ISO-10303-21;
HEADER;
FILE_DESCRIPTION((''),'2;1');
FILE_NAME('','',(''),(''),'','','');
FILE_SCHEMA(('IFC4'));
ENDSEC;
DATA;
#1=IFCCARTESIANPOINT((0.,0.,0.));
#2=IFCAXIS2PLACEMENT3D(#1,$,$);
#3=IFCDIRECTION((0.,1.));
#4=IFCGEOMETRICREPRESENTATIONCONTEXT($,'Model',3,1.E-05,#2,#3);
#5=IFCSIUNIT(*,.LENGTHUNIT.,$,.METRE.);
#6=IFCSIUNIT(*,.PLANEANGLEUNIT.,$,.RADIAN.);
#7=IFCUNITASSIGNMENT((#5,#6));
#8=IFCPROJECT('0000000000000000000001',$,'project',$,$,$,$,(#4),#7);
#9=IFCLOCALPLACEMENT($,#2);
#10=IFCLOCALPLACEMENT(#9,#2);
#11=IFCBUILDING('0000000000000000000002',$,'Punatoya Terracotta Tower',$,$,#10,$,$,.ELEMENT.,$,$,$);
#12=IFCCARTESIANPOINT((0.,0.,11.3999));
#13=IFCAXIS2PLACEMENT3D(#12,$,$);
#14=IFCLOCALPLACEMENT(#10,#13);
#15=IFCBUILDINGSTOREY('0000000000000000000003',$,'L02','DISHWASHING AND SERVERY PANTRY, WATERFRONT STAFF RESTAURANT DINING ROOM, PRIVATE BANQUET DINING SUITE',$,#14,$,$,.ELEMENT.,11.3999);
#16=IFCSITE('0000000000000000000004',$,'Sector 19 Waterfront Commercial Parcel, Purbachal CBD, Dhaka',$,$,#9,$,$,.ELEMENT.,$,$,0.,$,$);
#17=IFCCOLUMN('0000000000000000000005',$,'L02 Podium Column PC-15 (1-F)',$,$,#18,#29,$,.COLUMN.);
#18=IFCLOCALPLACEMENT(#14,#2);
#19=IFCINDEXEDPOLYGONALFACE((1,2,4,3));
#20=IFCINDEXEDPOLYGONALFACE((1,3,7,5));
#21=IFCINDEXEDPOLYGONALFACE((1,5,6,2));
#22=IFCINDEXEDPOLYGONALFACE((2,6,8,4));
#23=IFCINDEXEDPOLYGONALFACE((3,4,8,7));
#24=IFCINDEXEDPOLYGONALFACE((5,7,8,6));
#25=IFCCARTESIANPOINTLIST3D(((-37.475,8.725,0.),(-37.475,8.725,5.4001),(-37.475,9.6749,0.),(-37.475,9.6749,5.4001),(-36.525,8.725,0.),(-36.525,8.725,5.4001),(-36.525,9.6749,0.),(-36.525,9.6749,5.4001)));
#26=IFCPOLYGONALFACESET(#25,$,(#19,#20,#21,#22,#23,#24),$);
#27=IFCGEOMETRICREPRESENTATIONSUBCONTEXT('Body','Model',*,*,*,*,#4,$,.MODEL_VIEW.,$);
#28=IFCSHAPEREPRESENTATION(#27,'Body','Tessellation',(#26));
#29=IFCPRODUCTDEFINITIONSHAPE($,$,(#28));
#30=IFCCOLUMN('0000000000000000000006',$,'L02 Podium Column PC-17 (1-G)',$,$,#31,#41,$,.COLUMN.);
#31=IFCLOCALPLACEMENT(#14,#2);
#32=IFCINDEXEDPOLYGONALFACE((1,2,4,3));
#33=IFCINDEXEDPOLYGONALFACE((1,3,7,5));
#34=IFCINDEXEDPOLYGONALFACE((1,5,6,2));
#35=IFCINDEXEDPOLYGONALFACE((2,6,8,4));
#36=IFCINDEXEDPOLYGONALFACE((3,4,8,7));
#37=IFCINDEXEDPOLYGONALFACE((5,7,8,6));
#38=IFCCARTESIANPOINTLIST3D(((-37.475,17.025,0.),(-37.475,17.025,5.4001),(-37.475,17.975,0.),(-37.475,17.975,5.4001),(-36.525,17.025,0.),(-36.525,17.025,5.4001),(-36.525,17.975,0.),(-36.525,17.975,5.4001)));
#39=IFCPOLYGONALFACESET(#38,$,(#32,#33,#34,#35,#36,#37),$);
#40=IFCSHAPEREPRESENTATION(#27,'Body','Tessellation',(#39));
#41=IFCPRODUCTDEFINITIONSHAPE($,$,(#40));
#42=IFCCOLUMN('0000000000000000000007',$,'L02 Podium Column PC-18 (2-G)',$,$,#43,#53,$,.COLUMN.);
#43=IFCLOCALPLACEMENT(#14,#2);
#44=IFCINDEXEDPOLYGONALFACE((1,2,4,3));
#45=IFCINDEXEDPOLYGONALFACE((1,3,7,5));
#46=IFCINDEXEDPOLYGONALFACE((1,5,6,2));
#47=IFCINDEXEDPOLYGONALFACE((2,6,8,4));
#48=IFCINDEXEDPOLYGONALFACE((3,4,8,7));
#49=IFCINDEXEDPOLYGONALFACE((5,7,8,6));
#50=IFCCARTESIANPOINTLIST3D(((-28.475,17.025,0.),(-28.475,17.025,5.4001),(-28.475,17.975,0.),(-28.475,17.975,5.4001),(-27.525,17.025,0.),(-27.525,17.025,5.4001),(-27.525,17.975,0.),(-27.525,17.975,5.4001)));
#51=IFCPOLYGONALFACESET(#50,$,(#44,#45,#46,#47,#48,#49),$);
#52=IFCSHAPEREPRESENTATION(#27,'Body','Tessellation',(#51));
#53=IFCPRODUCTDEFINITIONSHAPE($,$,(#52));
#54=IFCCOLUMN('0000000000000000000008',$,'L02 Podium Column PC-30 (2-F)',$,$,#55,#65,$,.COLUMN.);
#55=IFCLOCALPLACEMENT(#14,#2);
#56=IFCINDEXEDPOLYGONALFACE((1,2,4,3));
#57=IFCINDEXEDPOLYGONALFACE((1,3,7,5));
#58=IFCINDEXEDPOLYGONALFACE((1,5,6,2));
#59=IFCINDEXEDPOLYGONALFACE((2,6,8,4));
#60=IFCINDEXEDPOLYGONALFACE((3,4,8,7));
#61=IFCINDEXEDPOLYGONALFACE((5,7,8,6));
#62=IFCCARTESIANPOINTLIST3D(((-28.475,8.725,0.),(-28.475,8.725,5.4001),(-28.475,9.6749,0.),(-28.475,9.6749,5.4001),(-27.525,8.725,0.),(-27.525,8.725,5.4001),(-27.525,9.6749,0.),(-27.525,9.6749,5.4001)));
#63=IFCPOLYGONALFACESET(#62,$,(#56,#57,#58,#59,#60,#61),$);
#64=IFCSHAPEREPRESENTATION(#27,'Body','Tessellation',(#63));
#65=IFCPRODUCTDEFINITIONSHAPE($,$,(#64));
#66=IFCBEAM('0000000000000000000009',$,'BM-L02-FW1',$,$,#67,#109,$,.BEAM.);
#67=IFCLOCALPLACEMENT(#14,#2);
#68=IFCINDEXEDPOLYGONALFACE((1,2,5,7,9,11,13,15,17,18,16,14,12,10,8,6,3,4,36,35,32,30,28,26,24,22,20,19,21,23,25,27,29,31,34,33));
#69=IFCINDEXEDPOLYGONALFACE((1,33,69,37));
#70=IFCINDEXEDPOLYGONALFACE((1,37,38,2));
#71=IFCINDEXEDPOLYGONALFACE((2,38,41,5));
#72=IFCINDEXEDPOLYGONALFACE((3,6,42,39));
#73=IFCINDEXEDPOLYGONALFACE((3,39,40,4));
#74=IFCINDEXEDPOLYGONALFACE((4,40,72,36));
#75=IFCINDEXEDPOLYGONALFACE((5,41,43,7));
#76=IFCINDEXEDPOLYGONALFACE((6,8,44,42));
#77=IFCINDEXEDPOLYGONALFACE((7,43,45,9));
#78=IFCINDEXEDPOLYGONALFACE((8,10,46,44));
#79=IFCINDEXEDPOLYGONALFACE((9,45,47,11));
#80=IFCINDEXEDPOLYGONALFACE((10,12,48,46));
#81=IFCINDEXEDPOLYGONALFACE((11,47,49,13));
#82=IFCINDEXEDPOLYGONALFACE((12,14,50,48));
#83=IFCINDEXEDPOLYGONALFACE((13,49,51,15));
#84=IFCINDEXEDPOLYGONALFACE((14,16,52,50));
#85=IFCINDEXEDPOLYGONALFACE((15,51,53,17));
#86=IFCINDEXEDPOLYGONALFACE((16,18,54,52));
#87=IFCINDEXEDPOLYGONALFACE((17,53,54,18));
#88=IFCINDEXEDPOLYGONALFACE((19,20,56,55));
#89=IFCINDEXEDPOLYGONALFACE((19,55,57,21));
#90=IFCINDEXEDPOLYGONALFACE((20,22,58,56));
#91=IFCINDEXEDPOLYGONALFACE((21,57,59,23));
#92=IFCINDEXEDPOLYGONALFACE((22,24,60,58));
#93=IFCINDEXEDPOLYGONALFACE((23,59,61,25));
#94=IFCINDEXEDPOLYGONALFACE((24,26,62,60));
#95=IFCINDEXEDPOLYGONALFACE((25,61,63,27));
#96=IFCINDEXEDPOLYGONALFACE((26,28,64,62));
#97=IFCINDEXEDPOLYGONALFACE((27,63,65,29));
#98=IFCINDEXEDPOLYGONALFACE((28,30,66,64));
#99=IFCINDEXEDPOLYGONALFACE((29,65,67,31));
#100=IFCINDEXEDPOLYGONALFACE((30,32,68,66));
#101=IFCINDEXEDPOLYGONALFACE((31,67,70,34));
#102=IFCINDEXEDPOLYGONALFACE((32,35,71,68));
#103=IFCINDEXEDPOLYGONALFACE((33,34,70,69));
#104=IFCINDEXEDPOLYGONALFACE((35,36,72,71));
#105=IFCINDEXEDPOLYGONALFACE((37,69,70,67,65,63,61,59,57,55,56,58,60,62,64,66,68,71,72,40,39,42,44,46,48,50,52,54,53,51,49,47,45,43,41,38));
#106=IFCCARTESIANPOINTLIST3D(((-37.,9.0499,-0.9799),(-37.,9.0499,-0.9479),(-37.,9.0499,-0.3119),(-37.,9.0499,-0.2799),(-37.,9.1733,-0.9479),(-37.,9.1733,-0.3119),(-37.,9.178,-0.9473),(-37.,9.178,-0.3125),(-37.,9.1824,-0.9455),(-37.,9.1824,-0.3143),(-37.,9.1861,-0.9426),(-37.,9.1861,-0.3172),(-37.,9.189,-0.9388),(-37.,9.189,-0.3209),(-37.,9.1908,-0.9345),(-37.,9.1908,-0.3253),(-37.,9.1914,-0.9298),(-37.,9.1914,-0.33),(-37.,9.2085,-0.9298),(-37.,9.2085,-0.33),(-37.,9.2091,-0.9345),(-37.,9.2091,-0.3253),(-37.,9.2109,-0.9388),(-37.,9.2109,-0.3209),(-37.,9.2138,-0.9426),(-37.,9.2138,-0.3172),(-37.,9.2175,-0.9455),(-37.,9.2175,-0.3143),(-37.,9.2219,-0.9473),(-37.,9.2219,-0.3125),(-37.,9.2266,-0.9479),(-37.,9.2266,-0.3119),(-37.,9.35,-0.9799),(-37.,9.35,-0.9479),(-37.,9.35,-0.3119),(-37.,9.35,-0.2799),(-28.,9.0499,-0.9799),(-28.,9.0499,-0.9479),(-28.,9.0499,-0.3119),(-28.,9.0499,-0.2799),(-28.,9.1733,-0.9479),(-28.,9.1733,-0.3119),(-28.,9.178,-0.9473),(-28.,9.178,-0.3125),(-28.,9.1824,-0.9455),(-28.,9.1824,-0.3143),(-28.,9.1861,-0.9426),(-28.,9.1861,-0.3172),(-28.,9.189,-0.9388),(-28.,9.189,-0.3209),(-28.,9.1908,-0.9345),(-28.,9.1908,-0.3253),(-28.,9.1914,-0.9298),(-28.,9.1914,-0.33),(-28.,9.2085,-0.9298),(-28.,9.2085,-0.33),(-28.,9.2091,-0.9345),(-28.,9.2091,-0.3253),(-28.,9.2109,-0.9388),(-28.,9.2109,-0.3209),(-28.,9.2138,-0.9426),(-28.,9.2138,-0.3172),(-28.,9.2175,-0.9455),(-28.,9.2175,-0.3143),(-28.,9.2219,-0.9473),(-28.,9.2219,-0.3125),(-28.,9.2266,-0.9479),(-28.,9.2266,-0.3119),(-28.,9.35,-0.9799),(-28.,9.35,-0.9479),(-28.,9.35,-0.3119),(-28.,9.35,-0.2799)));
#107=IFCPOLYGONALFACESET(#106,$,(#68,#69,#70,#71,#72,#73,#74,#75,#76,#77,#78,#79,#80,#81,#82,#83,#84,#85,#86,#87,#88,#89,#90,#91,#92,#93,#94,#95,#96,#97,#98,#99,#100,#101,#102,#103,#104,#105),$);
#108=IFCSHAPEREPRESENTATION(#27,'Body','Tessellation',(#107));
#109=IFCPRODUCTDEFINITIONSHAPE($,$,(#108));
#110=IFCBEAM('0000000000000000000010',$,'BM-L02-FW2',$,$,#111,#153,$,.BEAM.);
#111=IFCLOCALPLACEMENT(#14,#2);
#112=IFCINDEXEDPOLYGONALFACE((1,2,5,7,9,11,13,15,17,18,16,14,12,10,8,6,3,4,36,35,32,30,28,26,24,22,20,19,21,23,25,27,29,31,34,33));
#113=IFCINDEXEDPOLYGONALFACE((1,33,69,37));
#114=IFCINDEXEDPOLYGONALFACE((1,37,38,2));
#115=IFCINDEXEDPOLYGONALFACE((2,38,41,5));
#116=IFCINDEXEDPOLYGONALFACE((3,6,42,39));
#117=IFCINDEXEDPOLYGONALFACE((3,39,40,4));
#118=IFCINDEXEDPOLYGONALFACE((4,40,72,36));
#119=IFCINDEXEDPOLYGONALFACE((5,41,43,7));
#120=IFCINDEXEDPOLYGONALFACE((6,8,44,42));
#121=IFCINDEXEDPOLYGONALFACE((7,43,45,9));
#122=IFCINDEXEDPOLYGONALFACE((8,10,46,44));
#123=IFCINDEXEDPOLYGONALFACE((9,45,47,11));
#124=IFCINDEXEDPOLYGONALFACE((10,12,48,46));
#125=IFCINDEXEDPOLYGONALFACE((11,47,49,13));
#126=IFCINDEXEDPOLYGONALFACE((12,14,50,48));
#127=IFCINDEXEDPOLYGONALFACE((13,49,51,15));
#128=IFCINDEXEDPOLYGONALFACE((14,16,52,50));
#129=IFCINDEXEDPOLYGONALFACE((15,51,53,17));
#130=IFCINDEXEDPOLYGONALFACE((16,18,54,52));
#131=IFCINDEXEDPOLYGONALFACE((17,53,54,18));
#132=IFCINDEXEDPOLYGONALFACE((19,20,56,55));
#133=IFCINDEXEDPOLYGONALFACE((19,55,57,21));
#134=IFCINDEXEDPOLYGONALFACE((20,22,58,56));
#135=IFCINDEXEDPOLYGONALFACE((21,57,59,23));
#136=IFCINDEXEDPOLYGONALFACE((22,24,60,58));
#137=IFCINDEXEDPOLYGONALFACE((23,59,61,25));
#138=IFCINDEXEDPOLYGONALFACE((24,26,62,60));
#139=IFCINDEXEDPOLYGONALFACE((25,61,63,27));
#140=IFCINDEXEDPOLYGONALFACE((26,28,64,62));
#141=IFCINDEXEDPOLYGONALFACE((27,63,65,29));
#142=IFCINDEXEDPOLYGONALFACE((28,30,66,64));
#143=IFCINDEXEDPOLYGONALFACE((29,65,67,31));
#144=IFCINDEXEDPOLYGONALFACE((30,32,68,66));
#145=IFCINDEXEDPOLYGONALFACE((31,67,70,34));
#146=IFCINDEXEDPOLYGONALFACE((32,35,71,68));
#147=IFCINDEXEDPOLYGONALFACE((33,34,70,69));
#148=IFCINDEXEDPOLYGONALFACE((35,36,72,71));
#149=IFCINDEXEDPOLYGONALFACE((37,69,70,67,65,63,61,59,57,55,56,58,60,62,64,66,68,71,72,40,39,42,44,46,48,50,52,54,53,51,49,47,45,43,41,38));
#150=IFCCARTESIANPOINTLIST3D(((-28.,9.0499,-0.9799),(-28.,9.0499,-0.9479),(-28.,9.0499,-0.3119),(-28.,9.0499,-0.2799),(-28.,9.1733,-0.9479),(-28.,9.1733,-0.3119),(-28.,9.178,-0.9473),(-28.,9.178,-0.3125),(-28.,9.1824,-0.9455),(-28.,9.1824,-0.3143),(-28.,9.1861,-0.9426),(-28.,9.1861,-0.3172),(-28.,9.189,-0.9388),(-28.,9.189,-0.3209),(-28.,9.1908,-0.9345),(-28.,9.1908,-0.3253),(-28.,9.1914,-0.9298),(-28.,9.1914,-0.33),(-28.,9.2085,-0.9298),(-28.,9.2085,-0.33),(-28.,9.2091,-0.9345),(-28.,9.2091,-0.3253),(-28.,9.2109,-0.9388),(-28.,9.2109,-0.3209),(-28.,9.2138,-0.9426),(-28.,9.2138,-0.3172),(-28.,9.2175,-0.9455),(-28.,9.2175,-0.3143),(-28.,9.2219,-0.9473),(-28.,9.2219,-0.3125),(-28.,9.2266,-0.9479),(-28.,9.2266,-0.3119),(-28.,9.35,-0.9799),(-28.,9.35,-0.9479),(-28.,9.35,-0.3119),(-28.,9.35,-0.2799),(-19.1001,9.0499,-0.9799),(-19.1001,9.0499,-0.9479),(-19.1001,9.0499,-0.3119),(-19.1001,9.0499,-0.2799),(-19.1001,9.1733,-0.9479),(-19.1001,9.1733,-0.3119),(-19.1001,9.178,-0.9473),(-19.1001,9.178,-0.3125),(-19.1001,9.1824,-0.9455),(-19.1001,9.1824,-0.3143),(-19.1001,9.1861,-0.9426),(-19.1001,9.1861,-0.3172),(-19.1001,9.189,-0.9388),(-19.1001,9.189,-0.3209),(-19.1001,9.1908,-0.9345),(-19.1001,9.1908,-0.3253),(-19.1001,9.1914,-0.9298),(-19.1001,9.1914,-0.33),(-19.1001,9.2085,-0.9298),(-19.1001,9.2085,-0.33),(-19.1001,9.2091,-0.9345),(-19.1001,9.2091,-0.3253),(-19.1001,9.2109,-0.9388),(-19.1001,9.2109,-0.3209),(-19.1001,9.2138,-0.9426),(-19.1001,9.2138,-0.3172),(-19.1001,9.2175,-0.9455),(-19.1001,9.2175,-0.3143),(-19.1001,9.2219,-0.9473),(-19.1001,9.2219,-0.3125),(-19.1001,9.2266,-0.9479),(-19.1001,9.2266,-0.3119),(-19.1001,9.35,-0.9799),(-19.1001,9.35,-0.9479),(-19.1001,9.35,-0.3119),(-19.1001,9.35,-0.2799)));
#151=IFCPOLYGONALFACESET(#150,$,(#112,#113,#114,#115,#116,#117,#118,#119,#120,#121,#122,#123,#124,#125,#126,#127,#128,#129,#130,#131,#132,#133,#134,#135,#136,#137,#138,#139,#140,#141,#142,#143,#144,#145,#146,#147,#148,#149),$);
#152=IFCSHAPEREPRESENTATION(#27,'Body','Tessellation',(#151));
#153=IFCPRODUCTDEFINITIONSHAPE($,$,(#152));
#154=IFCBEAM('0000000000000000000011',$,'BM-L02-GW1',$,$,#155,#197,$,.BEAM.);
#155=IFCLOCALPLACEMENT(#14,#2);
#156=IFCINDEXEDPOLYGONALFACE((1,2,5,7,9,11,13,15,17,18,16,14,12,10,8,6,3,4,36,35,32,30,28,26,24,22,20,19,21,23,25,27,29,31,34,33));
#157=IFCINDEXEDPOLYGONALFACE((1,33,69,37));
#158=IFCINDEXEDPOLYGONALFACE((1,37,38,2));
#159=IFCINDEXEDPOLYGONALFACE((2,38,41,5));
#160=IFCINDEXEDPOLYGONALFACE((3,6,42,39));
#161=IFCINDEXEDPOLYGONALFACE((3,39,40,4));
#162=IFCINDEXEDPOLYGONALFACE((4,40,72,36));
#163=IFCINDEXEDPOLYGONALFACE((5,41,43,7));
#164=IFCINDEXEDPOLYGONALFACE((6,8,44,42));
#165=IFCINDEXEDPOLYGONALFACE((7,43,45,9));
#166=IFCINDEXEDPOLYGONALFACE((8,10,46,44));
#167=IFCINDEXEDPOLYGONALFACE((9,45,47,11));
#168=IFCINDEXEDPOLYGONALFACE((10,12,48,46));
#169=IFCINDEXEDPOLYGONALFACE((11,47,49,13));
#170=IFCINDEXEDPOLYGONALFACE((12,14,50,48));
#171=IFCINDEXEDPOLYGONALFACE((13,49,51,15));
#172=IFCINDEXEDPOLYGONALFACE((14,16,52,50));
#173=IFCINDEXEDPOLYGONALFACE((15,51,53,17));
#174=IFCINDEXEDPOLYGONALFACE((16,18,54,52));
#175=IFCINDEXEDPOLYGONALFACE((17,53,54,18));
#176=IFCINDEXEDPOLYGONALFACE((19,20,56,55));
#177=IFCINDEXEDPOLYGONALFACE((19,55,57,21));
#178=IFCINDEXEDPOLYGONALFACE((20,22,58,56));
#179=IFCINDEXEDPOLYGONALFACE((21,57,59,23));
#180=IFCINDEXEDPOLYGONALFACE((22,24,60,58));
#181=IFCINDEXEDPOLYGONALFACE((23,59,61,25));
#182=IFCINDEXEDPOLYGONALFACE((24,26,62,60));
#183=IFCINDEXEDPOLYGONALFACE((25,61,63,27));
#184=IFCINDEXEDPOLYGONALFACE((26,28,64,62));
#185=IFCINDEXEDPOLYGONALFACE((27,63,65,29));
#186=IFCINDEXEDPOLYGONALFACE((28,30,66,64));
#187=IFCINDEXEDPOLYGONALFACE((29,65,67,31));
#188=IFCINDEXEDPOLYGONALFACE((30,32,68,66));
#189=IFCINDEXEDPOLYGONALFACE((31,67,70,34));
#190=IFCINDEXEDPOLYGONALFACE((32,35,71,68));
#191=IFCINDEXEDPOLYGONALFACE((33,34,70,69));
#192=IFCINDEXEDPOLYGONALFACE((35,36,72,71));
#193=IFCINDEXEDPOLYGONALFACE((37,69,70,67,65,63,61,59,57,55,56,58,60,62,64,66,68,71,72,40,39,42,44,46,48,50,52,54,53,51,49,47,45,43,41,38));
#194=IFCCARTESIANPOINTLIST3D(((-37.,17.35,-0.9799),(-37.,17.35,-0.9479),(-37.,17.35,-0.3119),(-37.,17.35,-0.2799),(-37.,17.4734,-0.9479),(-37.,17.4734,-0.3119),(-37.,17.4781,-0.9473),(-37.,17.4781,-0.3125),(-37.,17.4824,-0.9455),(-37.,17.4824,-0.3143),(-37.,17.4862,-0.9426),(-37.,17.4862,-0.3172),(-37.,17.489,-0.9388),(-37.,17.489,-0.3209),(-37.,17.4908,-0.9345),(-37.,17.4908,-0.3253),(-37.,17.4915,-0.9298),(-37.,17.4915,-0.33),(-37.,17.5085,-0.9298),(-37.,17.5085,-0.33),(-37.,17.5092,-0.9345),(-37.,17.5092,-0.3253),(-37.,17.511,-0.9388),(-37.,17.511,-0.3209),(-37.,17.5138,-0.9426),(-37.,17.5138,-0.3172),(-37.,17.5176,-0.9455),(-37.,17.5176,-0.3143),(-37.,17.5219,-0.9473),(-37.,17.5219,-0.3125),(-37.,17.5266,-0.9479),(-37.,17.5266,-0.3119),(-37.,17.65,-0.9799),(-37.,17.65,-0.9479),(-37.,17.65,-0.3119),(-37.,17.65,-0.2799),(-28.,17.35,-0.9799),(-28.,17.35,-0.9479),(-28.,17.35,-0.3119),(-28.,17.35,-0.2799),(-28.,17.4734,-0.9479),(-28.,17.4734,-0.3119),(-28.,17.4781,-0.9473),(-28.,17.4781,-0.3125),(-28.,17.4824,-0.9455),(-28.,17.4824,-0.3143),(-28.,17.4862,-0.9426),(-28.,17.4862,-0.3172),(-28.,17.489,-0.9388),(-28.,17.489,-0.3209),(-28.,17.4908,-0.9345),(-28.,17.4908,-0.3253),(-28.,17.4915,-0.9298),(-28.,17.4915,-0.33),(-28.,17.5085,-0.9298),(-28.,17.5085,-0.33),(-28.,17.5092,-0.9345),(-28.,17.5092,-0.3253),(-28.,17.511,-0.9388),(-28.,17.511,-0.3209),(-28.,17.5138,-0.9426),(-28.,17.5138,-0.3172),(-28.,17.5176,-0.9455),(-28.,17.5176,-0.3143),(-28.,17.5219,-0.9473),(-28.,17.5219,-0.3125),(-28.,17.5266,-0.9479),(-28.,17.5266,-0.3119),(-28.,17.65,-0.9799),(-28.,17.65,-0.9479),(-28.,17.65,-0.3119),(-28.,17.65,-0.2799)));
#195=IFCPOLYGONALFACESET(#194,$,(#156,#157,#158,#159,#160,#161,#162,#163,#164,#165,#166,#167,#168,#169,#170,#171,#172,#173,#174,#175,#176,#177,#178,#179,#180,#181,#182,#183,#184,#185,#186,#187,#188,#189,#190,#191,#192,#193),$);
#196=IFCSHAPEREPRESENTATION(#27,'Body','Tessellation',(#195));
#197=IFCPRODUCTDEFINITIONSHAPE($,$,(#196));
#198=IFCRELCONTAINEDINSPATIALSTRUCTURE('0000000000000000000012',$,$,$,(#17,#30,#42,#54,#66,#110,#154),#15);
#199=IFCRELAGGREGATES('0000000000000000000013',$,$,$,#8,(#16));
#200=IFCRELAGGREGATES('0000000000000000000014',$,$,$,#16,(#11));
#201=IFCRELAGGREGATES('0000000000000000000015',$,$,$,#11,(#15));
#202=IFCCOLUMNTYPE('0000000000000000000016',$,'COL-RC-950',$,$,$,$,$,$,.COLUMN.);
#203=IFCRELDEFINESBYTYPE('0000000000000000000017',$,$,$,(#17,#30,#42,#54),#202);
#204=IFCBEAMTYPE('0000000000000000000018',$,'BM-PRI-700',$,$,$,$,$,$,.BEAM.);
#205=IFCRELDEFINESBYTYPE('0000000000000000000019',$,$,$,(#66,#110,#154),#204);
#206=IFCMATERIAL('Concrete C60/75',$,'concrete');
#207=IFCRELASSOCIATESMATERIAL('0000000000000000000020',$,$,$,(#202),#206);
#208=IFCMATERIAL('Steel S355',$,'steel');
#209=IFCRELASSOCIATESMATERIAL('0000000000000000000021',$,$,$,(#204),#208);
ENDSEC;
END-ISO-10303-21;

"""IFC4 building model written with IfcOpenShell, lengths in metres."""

from ifc_helpers import new_model, si_unit, direction, frame, origin, origin_2d, place, context, subcontext, project, spatial, rectangle, i_section, extrude, material, material_profile, profile_set, type_object, element, save


model = new_model("IFC4")

# Units and contexts
model_context = context("Model", 3, precision=1e-05, world=origin(), true_north=direction((0.0, 1.0)))
body_context = subcontext(model_context, "Body", "Model", "MODEL_VIEW")
ifc_project = project(units=[si_unit("LENGTHUNIT", "METRE"), si_unit("PLANEANGLEUNIT", "RADIAN")], contexts=[model_context])

# Site, building, storey
site_placement = place(None, origin())
site = spatial("IfcSite", under=ifc_project, at=site_placement, Name="Sector 19 Waterfront Commercial Parcel, Purbachal CBD, Dhaka", CompositionType="ELEMENT", RefElevation=0.0)
building_placement = place(site_placement, origin())
building = spatial("IfcBuilding", under=site, at=building_placement, Name="Punatoya Terracotta Tower", CompositionType="ELEMENT")
storey_placement = place(building_placement, frame((0.0, 0.0, 11.3999)))
storey = spatial("IfcBuildingStorey", under=building, at=storey_placement, Name="L02", Description="DISHWASHING AND SERVERY PANTRY, WATERFRONT STAFF RESTAURANT DINING ROOM, PRIVATE BANQUET DINING SUITE", CompositionType="ELEMENT", Elevation=11.3999)

# Columns
ifc_material_1 = material(Name="Concrete C60/75", Category="concrete")
ifc_material_profile_1 = material_profile(ifc_material_1, rectangle(XDim=0.95, YDim=0.95, at=origin_2d()))
ifc_profile_set_1 = profile_set([ifc_material_profile_1], Name="Concrete C60/75")
column_type = type_object("IfcColumnType", Name="COL-RC-950", PredefinedType="COLUMN", material=ifc_profile_set_1)
for number, where, z_axis, x_axis, name in (
    (1, (-37.0, 9.2, 0.0), (0.0, 0.0, 1.0), (1.0, 0.0, 0.0), "L02 Podium Column PC-15 (1-F)"),
    (2, (-37.0, 17.5, 0.0), (0.0, 0.0, 1.0), (1.0, 0.0, 0.0), "L02 Podium Column PC-17 (1-G)"),
    (3, (-28.0, 17.5, 0.0), (0.0, 0.0, 1.0), (1.0, 0.0, 0.0), "L02 Podium Column PC-18 (2-G)"),
    (4, (-28.0, 9.2, 0.0), (0.0, 0.0, 1.0), (1.0, 0.0, 0.0), "L02 Podium Column PC-30 (2-F)"),
):
    element("IfcColumn", number, at=place(storey_placement, frame(where, z_axis=z_axis, x_axis=x_axis)), inside=storey, type_object=column_type, Name=name, PredefinedType="COLUMN", context=body_context, shape_type="SweptSolid", body=[
        extrude(rectangle(XDim=0.95, YDim=0.95, at=origin_2d()), origin(), (0.0, 0.0, 1.0), 5.4001),
    ])

# Beams
ifc_material_2 = material(Name="Steel S355", Category="steel")
ifc_material_profile_2 = material_profile(ifc_material_2, i_section(OverallWidth=0.3, OverallDepth=0.7, WebThickness=0.0171, FlangeThickness=0.032, FilletRadius=0.0181, at=origin_2d()))
ifc_profile_set_2 = profile_set([ifc_material_profile_2], Name="Steel S355")
beam_type_1 = type_object("IfcBeamType", Name="BM-PRI-700", PredefinedType="BEAM", material=ifc_profile_set_2)
beam_1_placement = place(storey_placement, frame((-37.0, 9.2, -0.6299), z_axis=(1.0, 0.0, 0.0), x_axis=(0.0, 1.0, 0.0)))
element("IfcBeam", 5, at=beam_1_placement, inside=storey, type_object=beam_type_1, Name="BM-L02-FW1", PredefinedType="BEAM", context=body_context, shape_type="SweptSolid", body=[
    extrude(i_section(OverallWidth=0.3, OverallDepth=0.7, WebThickness=0.0171, FlangeThickness=0.032, FilletRadius=0.0181, at=origin_2d()), origin(), (0.0, 0.0, 1.0), 9.0),
])
beam_2_placement = place(storey_placement, frame((-28.0, 9.2, -0.6299), z_axis=(1.0, 0.0, 0.0), x_axis=(0.0, 1.0, 0.0)))
element("IfcBeam", 6, at=beam_2_placement, inside=storey, type_object=beam_type_1, Name="BM-L02-FW2", PredefinedType="BEAM", context=body_context, shape_type="SweptSolid", body=[
    extrude(i_section(OverallWidth=0.3, OverallDepth=0.7, WebThickness=0.0171, FlangeThickness=0.032, FilletRadius=0.0181, at=origin_2d()), origin(), (0.0, 0.0, 1.0), 8.8999),
])
beam_3_placement = place(storey_placement, frame((-37.0, 17.5, -0.6299), z_axis=(1.0, 0.0, 0.0), x_axis=(0.0, 1.0, 0.0)))
element("IfcBeam", 7, at=beam_3_placement, inside=storey, type_object=beam_type_1, Name="BM-L02-GW1", PredefinedType="BEAM", context=body_context, shape_type="SweptSolid", body=[
    extrude(i_section(OverallWidth=0.3, OverallDepth=0.7, WebThickness=0.0171, FlangeThickness=0.032, FilletRadius=0.0181, at=origin_2d()), origin(), (0.0, 0.0, 1.0), 9.0),
])

save(model, "model.ifc")
